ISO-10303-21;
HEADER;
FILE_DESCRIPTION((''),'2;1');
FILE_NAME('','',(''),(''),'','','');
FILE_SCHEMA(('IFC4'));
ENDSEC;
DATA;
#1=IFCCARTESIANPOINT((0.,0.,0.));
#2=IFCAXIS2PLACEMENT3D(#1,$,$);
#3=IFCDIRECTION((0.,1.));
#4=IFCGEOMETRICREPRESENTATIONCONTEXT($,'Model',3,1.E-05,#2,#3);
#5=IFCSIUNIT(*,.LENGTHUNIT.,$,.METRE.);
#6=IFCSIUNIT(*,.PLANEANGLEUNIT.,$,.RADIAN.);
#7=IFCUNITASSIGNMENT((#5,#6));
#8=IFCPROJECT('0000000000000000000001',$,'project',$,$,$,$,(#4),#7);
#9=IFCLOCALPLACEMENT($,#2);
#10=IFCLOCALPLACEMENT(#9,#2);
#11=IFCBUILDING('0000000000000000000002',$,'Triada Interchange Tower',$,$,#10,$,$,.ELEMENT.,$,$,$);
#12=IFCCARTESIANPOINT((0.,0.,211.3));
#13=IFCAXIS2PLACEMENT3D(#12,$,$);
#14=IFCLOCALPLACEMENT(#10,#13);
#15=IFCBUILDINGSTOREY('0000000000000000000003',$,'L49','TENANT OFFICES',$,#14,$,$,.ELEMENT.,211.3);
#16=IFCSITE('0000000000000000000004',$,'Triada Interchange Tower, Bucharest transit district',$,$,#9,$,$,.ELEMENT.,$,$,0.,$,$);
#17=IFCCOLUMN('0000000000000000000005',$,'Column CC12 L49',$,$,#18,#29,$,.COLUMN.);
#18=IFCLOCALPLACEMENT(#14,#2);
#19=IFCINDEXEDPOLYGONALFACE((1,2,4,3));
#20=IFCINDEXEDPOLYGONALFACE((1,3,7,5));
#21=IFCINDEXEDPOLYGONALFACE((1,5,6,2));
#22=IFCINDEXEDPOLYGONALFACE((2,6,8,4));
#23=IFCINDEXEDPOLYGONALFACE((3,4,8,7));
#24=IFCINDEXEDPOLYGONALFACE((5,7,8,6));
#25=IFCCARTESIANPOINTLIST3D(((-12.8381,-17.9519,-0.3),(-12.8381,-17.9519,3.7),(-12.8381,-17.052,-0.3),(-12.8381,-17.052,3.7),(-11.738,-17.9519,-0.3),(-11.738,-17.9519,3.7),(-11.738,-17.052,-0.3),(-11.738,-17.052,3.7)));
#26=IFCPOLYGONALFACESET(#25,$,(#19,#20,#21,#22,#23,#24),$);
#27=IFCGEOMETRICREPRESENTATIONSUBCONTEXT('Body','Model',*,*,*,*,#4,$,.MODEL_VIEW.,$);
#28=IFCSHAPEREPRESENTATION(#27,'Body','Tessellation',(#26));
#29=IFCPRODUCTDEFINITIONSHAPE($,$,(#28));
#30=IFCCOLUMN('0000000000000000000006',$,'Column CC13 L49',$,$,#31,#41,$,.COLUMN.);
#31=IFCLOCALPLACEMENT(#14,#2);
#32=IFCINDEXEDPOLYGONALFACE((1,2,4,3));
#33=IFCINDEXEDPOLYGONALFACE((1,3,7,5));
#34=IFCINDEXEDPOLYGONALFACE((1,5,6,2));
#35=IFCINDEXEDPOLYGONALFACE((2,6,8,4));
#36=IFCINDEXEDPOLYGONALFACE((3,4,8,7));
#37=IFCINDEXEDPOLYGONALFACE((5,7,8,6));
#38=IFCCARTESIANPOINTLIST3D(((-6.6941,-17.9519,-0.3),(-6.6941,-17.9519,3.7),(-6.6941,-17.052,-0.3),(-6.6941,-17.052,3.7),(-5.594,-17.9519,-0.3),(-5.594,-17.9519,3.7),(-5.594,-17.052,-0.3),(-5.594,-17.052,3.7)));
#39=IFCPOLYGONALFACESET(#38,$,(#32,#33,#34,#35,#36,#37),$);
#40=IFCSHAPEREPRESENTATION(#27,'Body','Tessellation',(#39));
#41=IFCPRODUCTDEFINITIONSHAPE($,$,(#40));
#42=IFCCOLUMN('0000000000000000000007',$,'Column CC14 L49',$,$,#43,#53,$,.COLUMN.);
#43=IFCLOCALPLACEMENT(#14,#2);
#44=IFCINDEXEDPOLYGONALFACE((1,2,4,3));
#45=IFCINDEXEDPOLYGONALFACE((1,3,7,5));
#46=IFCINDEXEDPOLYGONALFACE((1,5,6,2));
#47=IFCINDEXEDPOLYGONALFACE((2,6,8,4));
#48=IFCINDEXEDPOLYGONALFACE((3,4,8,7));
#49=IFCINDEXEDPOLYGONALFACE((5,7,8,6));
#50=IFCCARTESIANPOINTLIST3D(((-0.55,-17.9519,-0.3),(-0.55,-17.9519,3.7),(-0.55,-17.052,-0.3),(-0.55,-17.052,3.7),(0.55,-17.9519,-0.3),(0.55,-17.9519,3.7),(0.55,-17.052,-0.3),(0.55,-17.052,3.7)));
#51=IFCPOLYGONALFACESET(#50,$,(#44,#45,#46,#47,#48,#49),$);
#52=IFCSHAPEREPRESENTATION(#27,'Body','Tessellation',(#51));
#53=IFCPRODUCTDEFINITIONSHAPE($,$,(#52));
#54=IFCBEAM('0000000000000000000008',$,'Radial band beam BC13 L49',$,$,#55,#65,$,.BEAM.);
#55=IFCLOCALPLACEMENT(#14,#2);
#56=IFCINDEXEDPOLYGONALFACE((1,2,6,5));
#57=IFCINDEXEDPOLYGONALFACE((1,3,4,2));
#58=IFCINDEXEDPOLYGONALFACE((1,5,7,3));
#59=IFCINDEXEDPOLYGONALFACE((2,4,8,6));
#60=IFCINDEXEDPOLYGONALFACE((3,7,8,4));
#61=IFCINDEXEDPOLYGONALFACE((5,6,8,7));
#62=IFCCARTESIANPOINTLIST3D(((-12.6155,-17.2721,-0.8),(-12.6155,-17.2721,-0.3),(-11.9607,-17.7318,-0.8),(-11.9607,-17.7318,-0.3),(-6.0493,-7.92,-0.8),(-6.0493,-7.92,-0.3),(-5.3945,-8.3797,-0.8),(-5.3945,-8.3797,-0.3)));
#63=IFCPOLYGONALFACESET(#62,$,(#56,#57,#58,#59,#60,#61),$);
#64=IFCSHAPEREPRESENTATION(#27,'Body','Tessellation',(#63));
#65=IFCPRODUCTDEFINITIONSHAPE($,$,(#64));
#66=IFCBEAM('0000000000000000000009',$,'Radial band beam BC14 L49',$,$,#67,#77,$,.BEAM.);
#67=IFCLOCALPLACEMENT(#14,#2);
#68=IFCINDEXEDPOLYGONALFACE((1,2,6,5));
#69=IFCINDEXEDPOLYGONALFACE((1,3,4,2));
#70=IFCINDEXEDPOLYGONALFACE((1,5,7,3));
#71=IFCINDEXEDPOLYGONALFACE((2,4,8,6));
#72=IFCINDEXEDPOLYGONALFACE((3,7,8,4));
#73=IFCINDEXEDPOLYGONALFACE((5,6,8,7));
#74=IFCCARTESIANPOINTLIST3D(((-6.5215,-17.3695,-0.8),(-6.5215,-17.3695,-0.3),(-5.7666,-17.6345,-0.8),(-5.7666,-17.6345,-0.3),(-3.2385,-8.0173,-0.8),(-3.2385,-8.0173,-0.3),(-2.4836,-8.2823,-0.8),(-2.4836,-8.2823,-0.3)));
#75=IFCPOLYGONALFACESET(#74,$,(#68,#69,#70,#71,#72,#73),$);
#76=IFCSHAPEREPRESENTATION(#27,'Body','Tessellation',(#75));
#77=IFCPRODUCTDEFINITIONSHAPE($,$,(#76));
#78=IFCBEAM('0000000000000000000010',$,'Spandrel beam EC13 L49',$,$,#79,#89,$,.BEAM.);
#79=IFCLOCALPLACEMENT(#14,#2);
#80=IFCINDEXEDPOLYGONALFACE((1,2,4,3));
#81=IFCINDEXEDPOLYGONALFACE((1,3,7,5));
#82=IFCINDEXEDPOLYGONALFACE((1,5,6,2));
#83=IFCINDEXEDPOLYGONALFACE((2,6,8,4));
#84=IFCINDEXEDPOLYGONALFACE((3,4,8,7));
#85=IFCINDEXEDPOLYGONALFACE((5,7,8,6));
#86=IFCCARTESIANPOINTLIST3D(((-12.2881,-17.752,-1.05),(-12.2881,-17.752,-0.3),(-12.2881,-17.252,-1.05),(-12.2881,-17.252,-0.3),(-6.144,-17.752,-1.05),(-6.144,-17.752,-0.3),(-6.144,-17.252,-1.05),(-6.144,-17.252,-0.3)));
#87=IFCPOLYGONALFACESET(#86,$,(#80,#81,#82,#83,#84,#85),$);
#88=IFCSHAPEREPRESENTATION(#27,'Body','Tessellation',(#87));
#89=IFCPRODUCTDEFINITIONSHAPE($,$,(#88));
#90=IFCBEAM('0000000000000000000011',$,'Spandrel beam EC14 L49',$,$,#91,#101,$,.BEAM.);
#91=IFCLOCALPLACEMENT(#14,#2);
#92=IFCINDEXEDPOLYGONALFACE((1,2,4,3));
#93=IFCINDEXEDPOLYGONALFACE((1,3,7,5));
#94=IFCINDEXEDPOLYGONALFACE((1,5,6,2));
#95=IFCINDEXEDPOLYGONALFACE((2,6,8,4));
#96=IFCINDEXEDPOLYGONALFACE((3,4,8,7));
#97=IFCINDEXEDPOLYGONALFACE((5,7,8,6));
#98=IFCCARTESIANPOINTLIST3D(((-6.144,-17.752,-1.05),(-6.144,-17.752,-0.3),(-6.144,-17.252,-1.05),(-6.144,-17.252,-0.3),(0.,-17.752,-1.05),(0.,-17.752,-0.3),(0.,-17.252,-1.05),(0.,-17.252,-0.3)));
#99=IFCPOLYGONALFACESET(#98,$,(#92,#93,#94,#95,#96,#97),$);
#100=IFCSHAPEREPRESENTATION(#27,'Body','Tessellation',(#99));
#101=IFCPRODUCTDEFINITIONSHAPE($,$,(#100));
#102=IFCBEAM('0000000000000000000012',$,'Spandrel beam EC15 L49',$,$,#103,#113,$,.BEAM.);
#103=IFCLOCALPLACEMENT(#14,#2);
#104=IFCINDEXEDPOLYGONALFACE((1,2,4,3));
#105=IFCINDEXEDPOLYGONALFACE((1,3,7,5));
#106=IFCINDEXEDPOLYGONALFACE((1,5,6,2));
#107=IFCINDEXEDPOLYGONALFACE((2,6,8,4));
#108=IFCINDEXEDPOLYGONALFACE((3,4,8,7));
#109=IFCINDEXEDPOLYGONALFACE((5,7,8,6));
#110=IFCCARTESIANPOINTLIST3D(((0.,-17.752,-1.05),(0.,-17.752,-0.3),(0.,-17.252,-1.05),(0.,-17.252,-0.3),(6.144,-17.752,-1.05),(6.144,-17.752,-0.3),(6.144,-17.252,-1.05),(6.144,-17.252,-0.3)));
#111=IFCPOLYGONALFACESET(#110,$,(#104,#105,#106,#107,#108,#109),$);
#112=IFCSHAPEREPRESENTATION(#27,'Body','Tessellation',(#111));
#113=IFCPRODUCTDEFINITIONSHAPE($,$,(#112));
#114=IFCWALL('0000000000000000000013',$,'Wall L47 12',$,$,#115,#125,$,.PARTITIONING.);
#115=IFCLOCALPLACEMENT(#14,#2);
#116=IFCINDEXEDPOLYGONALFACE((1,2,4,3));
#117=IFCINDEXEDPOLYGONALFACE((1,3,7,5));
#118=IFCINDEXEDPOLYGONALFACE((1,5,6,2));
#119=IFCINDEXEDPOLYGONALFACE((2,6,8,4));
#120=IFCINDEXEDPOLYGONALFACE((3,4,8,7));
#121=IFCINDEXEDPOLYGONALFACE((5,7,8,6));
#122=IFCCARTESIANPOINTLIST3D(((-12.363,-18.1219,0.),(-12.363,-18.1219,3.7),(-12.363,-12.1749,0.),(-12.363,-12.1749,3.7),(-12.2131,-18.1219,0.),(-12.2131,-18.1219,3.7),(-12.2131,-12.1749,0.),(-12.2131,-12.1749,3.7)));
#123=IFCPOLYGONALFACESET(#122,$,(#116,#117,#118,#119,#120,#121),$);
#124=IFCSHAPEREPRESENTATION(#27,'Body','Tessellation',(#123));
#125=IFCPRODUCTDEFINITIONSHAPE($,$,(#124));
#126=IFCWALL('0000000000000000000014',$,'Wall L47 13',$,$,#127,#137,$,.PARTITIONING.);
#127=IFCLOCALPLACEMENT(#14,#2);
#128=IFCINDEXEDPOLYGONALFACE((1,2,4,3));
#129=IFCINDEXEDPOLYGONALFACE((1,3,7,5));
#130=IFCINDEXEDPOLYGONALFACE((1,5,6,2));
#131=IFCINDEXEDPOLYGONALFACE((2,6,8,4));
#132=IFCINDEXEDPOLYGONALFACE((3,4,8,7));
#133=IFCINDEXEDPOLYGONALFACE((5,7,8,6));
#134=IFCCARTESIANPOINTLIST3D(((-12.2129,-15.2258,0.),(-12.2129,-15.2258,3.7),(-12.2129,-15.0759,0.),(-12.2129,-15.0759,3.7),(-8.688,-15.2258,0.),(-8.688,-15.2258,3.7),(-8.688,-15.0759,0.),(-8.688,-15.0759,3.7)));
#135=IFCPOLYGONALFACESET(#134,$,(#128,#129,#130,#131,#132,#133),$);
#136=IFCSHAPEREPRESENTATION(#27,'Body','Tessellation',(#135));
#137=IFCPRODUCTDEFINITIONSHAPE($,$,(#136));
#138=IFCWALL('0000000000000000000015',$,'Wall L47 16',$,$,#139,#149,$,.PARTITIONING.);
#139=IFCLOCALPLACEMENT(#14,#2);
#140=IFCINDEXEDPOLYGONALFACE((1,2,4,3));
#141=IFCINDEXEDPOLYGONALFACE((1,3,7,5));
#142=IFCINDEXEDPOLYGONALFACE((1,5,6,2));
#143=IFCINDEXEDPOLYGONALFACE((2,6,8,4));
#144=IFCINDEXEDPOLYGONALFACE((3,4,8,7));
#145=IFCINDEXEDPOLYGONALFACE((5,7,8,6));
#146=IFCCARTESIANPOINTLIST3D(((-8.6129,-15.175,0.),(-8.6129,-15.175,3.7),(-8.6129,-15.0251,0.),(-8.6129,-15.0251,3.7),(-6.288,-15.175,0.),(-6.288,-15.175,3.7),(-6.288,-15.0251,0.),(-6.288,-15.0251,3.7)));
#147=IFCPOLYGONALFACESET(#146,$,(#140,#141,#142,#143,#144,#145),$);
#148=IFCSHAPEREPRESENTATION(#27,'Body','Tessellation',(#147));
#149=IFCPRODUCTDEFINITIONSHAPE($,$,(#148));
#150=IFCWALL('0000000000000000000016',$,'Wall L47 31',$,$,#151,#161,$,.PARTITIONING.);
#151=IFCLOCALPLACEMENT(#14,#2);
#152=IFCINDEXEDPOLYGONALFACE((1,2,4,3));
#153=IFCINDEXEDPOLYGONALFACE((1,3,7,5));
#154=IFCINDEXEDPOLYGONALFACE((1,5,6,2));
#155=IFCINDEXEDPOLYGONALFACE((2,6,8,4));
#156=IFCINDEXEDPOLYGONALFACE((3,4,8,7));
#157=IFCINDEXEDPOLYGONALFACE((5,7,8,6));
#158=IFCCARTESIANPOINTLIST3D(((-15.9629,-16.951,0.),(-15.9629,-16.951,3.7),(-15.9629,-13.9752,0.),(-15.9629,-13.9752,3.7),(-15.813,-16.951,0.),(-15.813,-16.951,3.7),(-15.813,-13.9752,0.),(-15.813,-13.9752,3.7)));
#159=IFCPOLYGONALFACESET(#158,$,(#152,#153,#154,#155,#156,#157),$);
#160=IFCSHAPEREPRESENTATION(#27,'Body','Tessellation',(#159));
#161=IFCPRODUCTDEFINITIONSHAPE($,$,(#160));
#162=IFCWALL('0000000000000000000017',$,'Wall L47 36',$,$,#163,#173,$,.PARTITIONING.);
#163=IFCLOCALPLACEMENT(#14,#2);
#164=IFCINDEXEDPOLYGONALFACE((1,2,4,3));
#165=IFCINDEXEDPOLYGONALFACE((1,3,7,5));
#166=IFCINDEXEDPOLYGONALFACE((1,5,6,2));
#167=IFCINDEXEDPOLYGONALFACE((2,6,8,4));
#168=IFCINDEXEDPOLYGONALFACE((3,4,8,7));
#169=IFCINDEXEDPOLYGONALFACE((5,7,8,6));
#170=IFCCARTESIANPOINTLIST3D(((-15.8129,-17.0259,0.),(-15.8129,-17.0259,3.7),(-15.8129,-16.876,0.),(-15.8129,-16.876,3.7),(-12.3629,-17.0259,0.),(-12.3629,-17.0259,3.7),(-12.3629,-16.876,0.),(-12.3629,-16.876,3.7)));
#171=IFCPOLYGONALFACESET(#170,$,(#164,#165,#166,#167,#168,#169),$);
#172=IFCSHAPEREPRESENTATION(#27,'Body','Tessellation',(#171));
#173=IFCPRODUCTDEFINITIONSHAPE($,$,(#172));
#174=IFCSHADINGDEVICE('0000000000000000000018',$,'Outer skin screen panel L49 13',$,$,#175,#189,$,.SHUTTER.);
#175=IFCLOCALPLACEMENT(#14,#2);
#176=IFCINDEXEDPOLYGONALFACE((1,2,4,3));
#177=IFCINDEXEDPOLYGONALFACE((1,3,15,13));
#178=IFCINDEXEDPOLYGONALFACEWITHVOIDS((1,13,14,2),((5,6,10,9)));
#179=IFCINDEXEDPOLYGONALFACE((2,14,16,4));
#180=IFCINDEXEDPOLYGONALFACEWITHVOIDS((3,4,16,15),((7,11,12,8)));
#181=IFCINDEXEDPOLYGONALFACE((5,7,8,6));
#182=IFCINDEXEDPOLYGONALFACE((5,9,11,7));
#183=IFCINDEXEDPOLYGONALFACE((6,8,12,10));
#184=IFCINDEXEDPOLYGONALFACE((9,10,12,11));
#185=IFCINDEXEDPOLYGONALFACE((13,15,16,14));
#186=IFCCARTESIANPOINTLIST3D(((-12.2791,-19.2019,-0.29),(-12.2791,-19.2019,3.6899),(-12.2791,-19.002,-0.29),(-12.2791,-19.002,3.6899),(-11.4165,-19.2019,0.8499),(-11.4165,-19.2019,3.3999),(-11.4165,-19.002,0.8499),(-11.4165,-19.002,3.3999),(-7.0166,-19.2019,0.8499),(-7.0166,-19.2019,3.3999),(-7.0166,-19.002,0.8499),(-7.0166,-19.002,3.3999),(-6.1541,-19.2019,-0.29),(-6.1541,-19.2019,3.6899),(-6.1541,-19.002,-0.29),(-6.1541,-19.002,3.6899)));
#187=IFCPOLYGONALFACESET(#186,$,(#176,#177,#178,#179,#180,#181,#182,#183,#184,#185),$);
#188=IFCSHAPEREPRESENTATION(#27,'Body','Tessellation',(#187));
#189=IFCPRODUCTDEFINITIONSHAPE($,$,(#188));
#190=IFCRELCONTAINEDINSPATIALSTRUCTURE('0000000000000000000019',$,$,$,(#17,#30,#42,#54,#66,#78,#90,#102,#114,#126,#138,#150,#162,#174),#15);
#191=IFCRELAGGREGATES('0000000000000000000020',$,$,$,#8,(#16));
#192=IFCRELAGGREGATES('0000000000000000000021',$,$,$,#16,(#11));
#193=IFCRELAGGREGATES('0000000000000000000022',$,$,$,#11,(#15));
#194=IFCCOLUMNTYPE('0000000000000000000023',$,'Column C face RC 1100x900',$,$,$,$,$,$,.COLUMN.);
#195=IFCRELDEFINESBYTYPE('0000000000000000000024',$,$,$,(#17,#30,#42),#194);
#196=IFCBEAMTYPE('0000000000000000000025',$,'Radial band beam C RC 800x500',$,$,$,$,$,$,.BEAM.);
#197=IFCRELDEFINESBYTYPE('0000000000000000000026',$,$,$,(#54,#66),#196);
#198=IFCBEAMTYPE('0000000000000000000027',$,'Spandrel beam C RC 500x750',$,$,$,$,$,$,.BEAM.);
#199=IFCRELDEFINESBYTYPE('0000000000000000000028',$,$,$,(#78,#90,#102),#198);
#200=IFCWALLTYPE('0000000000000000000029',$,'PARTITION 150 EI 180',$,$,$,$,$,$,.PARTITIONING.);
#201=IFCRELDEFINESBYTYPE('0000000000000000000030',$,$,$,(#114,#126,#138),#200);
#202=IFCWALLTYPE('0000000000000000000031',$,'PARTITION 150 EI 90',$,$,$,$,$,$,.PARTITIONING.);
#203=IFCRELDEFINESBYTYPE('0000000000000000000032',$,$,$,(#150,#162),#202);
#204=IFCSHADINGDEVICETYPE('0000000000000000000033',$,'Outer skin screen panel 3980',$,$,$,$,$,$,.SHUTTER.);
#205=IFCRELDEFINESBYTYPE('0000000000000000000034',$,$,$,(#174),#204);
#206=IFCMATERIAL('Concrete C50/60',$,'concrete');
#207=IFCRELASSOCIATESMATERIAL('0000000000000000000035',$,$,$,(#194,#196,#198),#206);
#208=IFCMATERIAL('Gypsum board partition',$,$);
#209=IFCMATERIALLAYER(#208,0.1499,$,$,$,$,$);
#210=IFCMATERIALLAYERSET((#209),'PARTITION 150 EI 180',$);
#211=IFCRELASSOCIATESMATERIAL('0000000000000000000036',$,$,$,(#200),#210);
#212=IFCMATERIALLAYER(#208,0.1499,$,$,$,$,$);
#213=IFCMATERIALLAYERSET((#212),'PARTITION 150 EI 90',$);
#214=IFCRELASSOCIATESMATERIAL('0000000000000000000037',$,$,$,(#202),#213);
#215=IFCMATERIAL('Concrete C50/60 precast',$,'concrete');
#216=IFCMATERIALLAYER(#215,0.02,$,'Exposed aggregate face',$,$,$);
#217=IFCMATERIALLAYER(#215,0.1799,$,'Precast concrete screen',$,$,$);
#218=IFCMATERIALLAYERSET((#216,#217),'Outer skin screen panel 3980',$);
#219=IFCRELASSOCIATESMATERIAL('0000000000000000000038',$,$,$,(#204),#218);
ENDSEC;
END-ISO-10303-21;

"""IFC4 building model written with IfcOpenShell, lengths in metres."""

from ifc_helpers import new_model, si_unit, direction, frame, frame_2d, origin, origin_2d, place, context, subcontext, project, spatial, polyline, rectangle, outline, extrude, material, layer, layer_set, material_profile, profile_set, type_object, element, save


model = new_model("IFC4")

# Units and contexts
model_context = context("Model", 3, precision=1e-05, world=origin(), true_north=direction((0.0, 1.0)))
body_context = subcontext(model_context, "Body", "Model", "MODEL_VIEW")
ifc_project = project(units=[si_unit("LENGTHUNIT", "METRE"), si_unit("PLANEANGLEUNIT", "RADIAN")], contexts=[model_context])

# Site, building, storey
site_placement = place(None, origin())
site = spatial("IfcSite", under=ifc_project, at=site_placement, Name="Triada Interchange Tower, Bucharest transit district", CompositionType="ELEMENT", RefElevation=0.0)
building_placement = place(site_placement, origin())
building = spatial("IfcBuilding", under=site, at=building_placement, Name="Triada Interchange Tower", CompositionType="ELEMENT")
storey_placement = place(building_placement, frame((0.0, 0.0, 211.3)))
storey = spatial("IfcBuildingStorey", under=building, at=storey_placement, Name="L49", Description="TENANT OFFICES", CompositionType="ELEMENT", Elevation=211.3)

# Columns
ifc_material_1 = material(Name="Concrete C50/60", Category="concrete")
ifc_material_profile_1 = material_profile(ifc_material_1, rectangle(XDim=1.1001, YDim=0.8999, at=origin_2d()), Name="RC 1100x900")
ifc_profile_set_1 = profile_set([ifc_material_profile_1], Name="Concrete C50/60")
column_type = type_object("IfcColumnType", Name="Column C face RC 1100x900", PredefinedType="COLUMN", material=ifc_profile_set_1)
for number, where, z_axis, x_axis, name in (
    (1, (-12.2881, -17.502, -0.3), (0.0, 0.0, 1.0), (1.0, 0.0, 0.0), "Column CC12 L49"),
    (2, (-6.144, -17.502, -0.3), (0.0, 0.0, 1.0), (1.0, 0.0, 0.0), "Column CC13 L49"),
    (3, (0.0, -17.502, -0.3), (0.0, 0.0, 1.0), (1.0, 0.0, 0.0), "Column CC14 L49"),
):
    element("IfcColumn", number, at=place(storey_placement, frame(where, z_axis=z_axis, x_axis=x_axis)), inside=storey, type_object=column_type, Name=name, PredefinedType="COLUMN", context=body_context, shape_type="SweptSolid", body=[
        extrude(rectangle(XDim=1.1001, YDim=0.8999, at=origin_2d()), origin(), (0.0, 0.0, 1.0), 4.0),
    ])

# Beams
ifc_material_profile_2 = material_profile(ifc_material_1, rectangle(XDim=0.8, YDim=0.5, at=origin_2d()), Name="RC 800x500")
ifc_profile_set_2 = profile_set([ifc_material_profile_2], Name="Concrete C50/60")
beam_type_1 = type_object("IfcBeamType", Name="Radial band beam C RC 800x500", PredefinedType="BEAM", material=ifc_profile_set_2)
beam_1_placement = place(storey_placement, frame((-12.2881, -17.502, -0.55), z_axis=(0.57462, 0.81842, 0.0), x_axis=(-0.81842, 0.57462, 0.0)))
element("IfcBeam", 4, at=beam_1_placement, inside=storey, type_object=beam_type_1, Name="Radial band beam BC13 L49", PredefinedType="BEAM", context=body_context, shape_type="SweptSolid", body=[
    extrude(rectangle(XDim=0.8, YDim=0.5, at=origin_2d()), origin(), (0.0, 0.0, 1.0), 11.427),
])
beam_2_placement = place(storey_placement, frame((-6.144, -17.502, -0.55), z_axis=(0.331226, 0.943552, 0.0), x_axis=(-0.943552, 0.331226, 0.0)))
element("IfcBeam", 5, at=beam_2_placement, inside=storey, type_object=beam_type_1, Name="Radial band beam BC14 L49", PredefinedType="BEAM", context=body_context, shape_type="SweptSolid", body=[
    extrude(rectangle(XDim=0.8, YDim=0.5, at=origin_2d()), origin(), (0.0, 0.0, 1.0), 9.9116),
])
ifc_material_profile_3 = material_profile(ifc_material_1, rectangle(XDim=0.5, YDim=0.75, at=origin_2d()), Name="RC 500x750")
ifc_profile_set_3 = profile_set([ifc_material_profile_3], Name="Concrete C50/60")
beam_type_2 = type_object("IfcBeamType", Name="Spandrel beam C RC 500x750", PredefinedType="BEAM", material=ifc_profile_set_3)
for number, where, z_axis, x_axis, name in (
    (6, (-12.2881, -17.502, -0.675), (1.0, 0.0, 0.0), (0.0, 1.0, 0.0), "Spandrel beam EC13 L49"),
    (7, (-6.144, -17.502, -0.675), (1.0, 0.0, 0.0), (0.0, 1.0, 0.0), "Spandrel beam EC14 L49"),
    (8, (0.0, -17.502, -0.675), (1.0, 0.0, 0.0), (0.0, 1.0, 0.0), "Spandrel beam EC15 L49"),
):
    element("IfcBeam", number, at=place(storey_placement, frame(where, z_axis=z_axis, x_axis=x_axis)), inside=storey, type_object=beam_type_2, Name=name, PredefinedType="BEAM", context=body_context, shape_type="SweptSolid", body=[
        extrude(rectangle(XDim=0.5, YDim=0.75, at=origin_2d()), origin(), (0.0, 0.0, 1.0), 6.144),
    ])

# Walls
ifc_material_2 = material(Name="Gypsum board partition")
ifc_layer_1 = layer(ifc_material_2, 0.1499)
ifc_layer_set_1 = layer_set([ifc_layer_1], Name="PARTITION 150 EI 180")
wall_type_1 = type_object("IfcWallType", Name="PARTITION 150 EI 180", PredefinedType="PARTITIONING", material=ifc_layer_set_1)
wall_1_placement = place(storey_placement, frame((-12.2881, -18.1221, 0.0), z_axis=(0.0, 0.0, 1.0), x_axis=(0.0, 1.0, 0.0)))
element("IfcWall", 9, at=wall_1_placement, inside=storey, type_object=wall_type_1, Name="Wall L47 12", PredefinedType="PARTITIONING", context=body_context, shape_type="SweptSolid", body=[
    extrude(rectangle(XDim=5.947, YDim=0.1499, at=frame_2d((2.9736, 0.0))), origin(), (0.0, 0.0, 1.0), 3.7),
])
wall_2_placement = place(storey_placement, frame((-12.2129, -15.1509, 0.0), z_axis=(0.0, 0.0, 1.0), x_axis=(1.0, 0.0, 0.0)))
element("IfcWall", 10, at=wall_2_placement, inside=storey, type_object=wall_type_1, Name="Wall L47 13", PredefinedType="PARTITIONING", context=body_context, shape_type="SweptSolid", body=[
    extrude(rectangle(XDim=3.5249, YDim=0.1499, at=frame_2d((1.7625, 0.0))), origin(), (0.0, 0.0, 1.0), 3.7),
])
wall_3_placement = place(storey_placement, frame((-8.613, -15.1001, 0.0), z_axis=(0.0, 0.0, 1.0), x_axis=(1.0, 0.0, 0.0)))
element("IfcWall", 11, at=wall_3_placement, inside=storey, type_object=wall_type_1, Name="Wall L47 16", PredefinedType="PARTITIONING", context=body_context, shape_type="SweptSolid", body=[
    extrude(rectangle(XDim=2.325, YDim=0.1499, at=frame_2d((1.1626, 0.0))), origin(), (0.0, 0.0, 1.0), 3.7),
])
ifc_layer_2 = layer(ifc_material_2, 0.1499)
ifc_layer_set_2 = layer_set([ifc_layer_2], Name="PARTITION 150 EI 90")
wall_type_2 = type_object("IfcWallType", Name="PARTITION 150 EI 90", PredefinedType="PARTITIONING", material=ifc_layer_set_2)
wall_4_placement = place(storey_placement, frame((-15.8879, -16.9509, 0.0), z_axis=(0.0, 0.0, 1.0), x_axis=(0.0, 1.0, 0.0)))
element("IfcWall", 12, at=wall_4_placement, inside=storey, type_object=wall_type_2, Name="Wall L47 31", PredefinedType="PARTITIONING", context=body_context, shape_type="SweptSolid", body=[
    extrude(rectangle(XDim=2.9758, YDim=0.1499, at=frame_2d((1.4878, 0.0))), origin(), (0.0, 0.0, 1.0), 3.7),
])
wall_5_placement = place(storey_placement, frame((-15.813, -16.9509, 0.0), z_axis=(0.0, 0.0, 1.0), x_axis=(1.0, 0.0, 0.0)))
element("IfcWall", 13, at=wall_5_placement, inside=storey, type_object=wall_type_2, Name="Wall L47 36", PredefinedType="PARTITIONING", context=body_context, shape_type="SweptSolid", body=[
    extrude(rectangle(XDim=3.45, YDim=0.1499, at=frame_2d((1.7251, 0.0))), origin(), (0.0, 0.0, 1.0), 3.7),
])

# Shading device
ifc_material_3 = material(Name="Concrete C50/60 precast", Category="concrete")
ifc_layer_3 = layer(ifc_material_3, 0.02, Name="Exposed aggregate face")
ifc_layer_4 = layer(ifc_material_3, 0.1799, Name="Precast concrete screen")
ifc_layer_set_3 = layer_set([ifc_layer_3, ifc_layer_4], Name="Outer skin screen panel 3980")
shading_device_type = type_object("IfcShadingDeviceType", Name="Outer skin screen panel 3980", PredefinedType="SHUTTER", material=ifc_layer_set_3)
shading_device_1_placement = place(storey_placement, frame((-12.2791, -19.002, -0.29), z_axis=(0.0, 0.0, 1.0), x_axis=(1.0, 0.0, 0.0)))
element("IfcShadingDevice", 14, at=shading_device_1_placement, inside=storey, type_object=shading_device_type, Name="Outer skin screen panel L49 13", PredefinedType="SHUTTER", context=body_context, shape_type="SweptSolid", body=[
    extrude(outline(polyline([(0.0, 0.0), (6.125, 0.0), (6.125, 3.98), (0.0, 3.98), (0.0, 0.0)]), holes=[polyline([(0.8625, 1.1399), (0.8625, 3.6899), (5.2625, 3.6899), (5.2625, 1.1399), (0.8625, 1.1399)])]), frame((0.0, 0.0, 0.0), z_axis=(0.0, -1.0, 0.0), x_axis=(1.0, 0.0, 0.0)), (0.0, 0.0, 1.0), 0.2),
])

save(model, "model.ifc")
